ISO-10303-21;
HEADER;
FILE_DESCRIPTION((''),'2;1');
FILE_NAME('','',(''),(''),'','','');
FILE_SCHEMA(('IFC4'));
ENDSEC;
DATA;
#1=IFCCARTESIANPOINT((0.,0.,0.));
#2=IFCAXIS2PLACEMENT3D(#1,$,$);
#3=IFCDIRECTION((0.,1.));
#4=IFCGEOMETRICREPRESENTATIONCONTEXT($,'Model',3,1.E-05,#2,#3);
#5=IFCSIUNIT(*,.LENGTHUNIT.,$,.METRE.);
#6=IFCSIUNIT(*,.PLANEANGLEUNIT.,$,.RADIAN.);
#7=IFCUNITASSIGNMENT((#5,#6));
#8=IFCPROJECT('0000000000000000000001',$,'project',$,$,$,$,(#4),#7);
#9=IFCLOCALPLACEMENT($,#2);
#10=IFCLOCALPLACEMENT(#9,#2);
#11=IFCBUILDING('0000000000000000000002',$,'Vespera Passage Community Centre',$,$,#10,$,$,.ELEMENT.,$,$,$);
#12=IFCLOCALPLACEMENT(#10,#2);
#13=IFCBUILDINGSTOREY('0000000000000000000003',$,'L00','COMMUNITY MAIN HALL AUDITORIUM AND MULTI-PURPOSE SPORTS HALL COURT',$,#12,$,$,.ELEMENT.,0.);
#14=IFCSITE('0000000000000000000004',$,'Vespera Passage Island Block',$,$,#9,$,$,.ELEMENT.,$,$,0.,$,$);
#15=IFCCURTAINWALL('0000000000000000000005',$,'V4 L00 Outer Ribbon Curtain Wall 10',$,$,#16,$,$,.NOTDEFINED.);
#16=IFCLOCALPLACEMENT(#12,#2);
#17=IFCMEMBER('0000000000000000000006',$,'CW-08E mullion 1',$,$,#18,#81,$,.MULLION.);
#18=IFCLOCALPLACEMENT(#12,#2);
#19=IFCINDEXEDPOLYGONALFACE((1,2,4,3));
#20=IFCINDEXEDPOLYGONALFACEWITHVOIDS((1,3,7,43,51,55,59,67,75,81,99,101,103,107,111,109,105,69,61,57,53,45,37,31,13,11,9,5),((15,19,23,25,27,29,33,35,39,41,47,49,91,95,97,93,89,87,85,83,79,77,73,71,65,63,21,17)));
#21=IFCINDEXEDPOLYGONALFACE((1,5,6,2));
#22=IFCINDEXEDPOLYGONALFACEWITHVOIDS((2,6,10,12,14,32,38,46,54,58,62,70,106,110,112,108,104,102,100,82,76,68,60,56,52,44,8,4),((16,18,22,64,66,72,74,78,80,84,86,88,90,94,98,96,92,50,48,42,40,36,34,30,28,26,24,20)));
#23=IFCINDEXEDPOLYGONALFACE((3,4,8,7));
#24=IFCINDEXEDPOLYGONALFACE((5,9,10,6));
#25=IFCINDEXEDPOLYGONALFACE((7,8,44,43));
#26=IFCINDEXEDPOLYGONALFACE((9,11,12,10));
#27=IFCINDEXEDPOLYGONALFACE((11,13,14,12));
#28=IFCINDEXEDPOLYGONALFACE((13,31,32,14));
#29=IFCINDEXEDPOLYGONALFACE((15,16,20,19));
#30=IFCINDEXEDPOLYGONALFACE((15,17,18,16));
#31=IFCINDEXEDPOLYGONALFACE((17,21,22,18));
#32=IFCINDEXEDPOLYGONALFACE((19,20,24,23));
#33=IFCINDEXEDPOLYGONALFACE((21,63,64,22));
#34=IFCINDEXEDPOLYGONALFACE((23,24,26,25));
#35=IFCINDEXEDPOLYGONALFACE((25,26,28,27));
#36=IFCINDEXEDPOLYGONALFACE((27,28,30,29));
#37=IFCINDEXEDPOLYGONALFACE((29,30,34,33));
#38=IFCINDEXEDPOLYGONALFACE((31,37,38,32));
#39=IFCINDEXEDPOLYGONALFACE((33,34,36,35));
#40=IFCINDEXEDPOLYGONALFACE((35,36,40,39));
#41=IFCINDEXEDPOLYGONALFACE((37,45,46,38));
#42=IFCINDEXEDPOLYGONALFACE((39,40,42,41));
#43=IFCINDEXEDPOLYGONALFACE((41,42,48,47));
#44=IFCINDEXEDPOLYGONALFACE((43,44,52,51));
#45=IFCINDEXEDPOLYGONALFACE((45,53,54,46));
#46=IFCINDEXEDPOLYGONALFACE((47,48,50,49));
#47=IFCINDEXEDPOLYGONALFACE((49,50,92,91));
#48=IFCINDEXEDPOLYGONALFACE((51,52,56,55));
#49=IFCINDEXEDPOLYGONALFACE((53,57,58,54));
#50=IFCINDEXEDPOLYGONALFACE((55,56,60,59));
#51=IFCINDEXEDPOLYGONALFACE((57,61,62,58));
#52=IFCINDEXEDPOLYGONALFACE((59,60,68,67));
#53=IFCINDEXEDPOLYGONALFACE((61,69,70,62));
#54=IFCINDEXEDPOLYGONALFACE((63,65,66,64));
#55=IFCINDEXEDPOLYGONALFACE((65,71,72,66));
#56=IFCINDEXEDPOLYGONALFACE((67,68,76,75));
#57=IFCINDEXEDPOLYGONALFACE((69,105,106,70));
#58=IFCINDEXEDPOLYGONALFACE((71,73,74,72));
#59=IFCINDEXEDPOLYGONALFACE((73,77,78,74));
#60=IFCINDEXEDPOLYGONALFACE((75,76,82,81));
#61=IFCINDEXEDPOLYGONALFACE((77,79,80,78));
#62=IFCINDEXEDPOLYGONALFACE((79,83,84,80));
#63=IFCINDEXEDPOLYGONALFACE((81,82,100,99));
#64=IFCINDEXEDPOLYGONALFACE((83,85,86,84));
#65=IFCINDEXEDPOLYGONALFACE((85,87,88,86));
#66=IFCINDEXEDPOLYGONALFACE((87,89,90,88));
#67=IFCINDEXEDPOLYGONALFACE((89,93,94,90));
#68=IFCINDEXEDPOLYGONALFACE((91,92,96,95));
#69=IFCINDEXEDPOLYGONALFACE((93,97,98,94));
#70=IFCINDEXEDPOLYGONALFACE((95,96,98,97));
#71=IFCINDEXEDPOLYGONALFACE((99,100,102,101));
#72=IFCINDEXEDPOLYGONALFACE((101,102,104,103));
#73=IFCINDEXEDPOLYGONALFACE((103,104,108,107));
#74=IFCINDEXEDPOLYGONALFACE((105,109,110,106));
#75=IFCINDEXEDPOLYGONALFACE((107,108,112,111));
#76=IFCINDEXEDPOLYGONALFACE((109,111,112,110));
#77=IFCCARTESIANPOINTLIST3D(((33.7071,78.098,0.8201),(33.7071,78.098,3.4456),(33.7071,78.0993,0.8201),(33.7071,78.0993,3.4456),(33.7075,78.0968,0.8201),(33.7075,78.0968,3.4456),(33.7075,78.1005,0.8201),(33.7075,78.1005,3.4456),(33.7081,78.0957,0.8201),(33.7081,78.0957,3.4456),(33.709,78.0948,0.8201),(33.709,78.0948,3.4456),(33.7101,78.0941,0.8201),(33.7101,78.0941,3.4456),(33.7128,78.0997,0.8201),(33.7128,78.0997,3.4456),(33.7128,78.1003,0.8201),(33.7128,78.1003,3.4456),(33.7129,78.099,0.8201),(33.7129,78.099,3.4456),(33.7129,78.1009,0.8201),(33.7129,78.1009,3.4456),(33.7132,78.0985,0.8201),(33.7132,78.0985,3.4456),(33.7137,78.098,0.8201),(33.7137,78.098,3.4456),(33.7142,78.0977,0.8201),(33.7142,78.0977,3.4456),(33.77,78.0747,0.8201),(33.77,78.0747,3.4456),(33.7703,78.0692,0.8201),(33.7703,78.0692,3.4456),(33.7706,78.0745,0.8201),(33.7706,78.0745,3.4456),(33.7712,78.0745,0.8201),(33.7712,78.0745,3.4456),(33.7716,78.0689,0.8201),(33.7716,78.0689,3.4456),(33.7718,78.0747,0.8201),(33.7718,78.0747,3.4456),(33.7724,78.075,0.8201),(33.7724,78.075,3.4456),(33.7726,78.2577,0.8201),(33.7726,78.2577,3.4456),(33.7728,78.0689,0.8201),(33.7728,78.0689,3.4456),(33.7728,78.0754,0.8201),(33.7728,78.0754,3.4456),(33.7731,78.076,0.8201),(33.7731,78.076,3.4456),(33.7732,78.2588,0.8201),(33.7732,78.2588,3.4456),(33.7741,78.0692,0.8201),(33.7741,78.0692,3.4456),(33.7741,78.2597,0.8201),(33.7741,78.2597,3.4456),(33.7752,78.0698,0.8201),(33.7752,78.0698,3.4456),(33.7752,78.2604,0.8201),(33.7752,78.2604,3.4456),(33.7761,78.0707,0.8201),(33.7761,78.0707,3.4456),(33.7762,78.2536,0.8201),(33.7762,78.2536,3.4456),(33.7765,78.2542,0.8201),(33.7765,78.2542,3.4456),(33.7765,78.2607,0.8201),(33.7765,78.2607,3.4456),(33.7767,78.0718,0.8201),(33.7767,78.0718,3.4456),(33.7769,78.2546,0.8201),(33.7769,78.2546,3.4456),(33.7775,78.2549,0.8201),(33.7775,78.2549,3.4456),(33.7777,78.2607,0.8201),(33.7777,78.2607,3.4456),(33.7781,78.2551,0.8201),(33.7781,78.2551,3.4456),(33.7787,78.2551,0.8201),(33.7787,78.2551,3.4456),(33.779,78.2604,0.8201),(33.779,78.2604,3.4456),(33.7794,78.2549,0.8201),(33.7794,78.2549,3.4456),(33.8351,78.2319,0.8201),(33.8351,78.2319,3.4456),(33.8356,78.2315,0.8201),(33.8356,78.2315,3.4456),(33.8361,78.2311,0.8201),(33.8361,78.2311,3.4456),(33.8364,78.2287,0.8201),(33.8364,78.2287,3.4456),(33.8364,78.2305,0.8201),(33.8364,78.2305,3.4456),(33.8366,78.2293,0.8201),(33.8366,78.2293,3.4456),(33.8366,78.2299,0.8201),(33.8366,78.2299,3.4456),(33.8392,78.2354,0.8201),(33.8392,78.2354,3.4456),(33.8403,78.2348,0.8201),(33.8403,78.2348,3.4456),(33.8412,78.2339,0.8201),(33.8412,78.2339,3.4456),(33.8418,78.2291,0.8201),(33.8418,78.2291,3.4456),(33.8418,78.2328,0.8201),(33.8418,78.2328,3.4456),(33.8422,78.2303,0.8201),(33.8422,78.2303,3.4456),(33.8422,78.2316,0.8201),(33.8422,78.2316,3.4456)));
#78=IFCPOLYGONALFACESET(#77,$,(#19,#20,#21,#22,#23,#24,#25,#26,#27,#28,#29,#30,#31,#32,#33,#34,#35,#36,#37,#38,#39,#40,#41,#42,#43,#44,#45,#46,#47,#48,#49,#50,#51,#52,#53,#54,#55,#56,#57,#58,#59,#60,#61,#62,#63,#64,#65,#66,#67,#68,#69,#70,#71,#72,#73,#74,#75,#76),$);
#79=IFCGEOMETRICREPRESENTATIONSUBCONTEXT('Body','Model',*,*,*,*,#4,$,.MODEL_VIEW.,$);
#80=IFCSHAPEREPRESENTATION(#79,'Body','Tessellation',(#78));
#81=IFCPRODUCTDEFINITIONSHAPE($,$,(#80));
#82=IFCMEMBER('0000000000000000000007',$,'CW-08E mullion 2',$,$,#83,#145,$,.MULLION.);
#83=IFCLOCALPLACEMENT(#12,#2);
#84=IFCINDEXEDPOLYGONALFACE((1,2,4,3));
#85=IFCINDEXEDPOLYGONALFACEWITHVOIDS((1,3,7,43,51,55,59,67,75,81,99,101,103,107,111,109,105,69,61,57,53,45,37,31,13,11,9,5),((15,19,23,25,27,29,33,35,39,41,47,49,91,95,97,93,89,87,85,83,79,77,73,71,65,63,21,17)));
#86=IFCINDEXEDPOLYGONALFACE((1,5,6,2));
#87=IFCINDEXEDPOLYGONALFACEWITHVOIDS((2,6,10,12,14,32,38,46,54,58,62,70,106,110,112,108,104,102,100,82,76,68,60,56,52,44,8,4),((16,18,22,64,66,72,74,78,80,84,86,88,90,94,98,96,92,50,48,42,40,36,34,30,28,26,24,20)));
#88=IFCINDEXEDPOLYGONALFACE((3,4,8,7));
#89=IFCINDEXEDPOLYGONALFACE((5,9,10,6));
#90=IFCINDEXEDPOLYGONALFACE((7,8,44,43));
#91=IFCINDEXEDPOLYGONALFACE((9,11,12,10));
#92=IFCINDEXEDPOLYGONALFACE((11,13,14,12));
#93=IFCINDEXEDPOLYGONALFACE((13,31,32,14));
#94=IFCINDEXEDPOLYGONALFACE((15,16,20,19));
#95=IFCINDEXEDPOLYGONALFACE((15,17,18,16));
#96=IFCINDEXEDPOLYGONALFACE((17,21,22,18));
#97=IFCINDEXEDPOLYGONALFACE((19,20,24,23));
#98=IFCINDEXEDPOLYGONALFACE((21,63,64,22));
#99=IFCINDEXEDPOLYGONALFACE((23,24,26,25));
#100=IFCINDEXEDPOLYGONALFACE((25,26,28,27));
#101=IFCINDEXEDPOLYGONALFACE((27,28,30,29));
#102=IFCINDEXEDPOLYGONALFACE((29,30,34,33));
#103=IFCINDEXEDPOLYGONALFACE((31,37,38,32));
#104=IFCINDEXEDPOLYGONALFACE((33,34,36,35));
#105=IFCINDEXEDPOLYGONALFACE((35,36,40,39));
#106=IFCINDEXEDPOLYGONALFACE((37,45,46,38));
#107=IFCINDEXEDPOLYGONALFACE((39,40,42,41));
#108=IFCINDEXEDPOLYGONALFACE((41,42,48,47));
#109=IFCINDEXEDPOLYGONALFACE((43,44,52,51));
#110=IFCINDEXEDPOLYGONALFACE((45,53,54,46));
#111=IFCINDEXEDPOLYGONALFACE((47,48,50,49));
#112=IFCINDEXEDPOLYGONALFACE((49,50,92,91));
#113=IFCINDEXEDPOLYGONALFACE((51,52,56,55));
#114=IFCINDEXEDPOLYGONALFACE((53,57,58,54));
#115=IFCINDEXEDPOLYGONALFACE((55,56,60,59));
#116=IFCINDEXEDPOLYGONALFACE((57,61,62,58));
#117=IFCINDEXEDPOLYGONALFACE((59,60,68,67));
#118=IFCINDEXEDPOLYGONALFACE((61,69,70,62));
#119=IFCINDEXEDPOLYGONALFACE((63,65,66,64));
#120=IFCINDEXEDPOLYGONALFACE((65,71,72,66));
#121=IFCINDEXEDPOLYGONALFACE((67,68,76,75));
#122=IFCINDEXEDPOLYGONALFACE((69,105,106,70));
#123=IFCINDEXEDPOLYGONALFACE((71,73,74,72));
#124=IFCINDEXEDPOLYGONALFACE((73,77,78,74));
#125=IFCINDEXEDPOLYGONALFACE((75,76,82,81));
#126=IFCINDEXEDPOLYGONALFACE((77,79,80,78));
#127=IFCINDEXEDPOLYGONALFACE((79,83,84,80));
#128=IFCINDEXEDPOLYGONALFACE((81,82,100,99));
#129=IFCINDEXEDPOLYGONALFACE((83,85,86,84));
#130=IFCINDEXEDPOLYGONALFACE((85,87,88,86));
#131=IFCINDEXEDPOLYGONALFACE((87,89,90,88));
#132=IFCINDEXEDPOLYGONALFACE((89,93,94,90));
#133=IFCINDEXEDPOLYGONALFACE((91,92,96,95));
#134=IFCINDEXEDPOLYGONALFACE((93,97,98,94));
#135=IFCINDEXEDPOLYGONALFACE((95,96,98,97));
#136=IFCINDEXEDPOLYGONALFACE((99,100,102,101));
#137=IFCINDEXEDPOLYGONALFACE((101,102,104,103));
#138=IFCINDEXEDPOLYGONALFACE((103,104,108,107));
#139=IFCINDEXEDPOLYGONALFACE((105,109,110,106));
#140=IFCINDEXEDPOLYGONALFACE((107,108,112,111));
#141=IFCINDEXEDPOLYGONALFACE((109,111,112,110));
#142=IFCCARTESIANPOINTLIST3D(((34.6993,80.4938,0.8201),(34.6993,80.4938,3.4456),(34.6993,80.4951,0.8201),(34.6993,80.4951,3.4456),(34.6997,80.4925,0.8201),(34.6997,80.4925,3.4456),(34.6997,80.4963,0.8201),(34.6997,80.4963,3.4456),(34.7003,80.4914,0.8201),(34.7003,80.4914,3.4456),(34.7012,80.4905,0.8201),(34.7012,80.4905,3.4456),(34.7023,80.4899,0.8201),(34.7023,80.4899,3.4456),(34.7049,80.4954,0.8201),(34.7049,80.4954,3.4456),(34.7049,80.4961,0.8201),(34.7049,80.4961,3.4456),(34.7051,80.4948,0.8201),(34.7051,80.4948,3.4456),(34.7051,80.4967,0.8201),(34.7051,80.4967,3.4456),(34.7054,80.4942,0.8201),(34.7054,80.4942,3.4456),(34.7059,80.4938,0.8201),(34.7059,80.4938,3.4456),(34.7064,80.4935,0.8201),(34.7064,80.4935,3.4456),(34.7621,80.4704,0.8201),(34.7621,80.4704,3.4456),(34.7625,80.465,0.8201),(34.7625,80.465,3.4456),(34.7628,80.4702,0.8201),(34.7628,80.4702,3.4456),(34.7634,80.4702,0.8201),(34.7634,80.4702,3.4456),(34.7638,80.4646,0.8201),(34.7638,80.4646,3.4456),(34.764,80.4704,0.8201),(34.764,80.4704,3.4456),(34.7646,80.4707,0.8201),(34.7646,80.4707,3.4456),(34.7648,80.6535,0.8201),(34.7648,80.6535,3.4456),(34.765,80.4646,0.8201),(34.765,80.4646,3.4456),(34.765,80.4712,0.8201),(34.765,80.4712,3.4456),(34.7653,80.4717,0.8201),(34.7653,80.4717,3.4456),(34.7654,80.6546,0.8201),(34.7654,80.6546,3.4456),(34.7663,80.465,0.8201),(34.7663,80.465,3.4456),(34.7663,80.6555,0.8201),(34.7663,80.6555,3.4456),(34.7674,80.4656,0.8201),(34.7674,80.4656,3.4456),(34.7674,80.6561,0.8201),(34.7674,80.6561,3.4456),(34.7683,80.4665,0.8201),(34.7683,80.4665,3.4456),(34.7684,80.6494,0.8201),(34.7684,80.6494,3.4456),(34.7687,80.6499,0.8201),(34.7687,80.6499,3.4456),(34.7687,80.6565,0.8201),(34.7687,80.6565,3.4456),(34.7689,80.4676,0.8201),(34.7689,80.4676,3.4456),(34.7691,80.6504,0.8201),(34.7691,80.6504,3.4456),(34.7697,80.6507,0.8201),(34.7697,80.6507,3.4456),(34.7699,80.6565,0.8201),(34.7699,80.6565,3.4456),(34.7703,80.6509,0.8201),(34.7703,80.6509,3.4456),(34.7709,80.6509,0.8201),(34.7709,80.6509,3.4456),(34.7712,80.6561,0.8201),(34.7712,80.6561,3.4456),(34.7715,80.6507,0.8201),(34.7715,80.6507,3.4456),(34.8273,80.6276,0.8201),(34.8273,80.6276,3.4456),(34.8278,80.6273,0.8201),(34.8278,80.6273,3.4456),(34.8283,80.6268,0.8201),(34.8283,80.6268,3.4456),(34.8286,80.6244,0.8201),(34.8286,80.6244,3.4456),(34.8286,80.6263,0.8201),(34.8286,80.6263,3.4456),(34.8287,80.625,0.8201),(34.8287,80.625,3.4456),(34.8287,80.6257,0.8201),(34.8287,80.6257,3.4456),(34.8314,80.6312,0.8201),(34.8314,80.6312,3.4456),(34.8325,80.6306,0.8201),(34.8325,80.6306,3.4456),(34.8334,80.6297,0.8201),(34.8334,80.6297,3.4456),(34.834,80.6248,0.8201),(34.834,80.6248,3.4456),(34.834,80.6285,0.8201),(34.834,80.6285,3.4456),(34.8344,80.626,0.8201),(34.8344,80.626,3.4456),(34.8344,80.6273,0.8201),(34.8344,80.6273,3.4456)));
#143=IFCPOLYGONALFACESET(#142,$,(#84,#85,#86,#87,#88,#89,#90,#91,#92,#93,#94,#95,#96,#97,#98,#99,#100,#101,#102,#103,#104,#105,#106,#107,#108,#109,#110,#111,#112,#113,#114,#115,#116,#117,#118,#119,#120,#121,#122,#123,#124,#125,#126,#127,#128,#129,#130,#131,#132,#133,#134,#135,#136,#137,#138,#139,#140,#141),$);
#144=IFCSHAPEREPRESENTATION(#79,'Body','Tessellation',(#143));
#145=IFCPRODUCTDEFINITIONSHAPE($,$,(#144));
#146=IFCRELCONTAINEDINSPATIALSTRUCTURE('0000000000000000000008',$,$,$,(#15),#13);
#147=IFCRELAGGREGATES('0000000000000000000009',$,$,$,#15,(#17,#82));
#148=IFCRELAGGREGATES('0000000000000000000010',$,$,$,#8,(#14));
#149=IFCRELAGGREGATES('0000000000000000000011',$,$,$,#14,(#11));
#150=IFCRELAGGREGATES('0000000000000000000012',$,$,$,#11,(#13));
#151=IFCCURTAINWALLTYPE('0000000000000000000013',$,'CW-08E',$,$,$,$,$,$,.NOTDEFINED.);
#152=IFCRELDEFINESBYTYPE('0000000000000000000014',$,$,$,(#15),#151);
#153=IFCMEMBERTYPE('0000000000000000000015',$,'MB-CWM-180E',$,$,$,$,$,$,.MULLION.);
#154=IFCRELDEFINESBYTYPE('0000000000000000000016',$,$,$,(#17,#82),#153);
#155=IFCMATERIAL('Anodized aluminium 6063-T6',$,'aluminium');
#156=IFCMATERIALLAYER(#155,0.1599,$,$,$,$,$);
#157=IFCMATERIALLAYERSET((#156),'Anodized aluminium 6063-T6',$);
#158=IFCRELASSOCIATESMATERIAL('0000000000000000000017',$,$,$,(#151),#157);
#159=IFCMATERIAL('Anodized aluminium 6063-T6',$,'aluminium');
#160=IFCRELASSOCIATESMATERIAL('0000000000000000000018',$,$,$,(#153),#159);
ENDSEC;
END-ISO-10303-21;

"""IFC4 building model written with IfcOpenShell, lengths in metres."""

from ifc_helpers import new_model, si_unit, direction, frame, origin, origin_2d, place, context, subcontext, project, spatial, hollow_rectangle, extrude, material, layer, layer_set, material_profile, profile_set, type_object, element, aggregate, save


model = new_model("IFC4")

# Units and contexts
model_context = context("Model", 3, precision=1e-05, world=origin(), true_north=direction((0.0, 1.0)))
body_context = subcontext(model_context, "Body", "Model", "MODEL_VIEW")
ifc_project = project(units=[si_unit("LENGTHUNIT", "METRE"), si_unit("PLANEANGLEUNIT", "RADIAN")], contexts=[model_context])

# Site, building, storey
site_placement = place(None, origin())
site = spatial("IfcSite", under=ifc_project, at=site_placement, Name="Vespera Passage Island Block", CompositionType="ELEMENT", RefElevation=0.0)
building_placement = place(site_placement, origin())
building = spatial("IfcBuilding", under=site, at=building_placement, Name="Vespera Passage Community Centre", CompositionType="ELEMENT")
storey_placement = place(building_placement, origin())
storey = spatial("IfcBuildingStorey", under=building, at=storey_placement, Name="L00", Description="COMMUNITY MAIN HALL AUDITORIUM AND MULTI-PURPOSE SPORTS HALL COURT", CompositionType="ELEMENT", Elevation=0.0)

# Curtain wall, members
ifc_material_1 = material(Name="Anodized aluminium 6063-T6", Category="aluminium")
ifc_layer_1 = layer(ifc_material_1, 0.1599)
ifc_layer_set_1 = layer_set([ifc_layer_1], Name="Anodized aluminium 6063-T6")
curtain_wall_type_1 = type_object("IfcCurtainWallType", Name="CW-08E", PredefinedType="NOTDEFINED", material=ifc_layer_set_1)
curtain_wall_1_placement = place(storey_placement, origin())
curtain_wall_1 = element("IfcCurtainWall", 1, at=curtain_wall_1_placement, inside=storey, type_object=curtain_wall_type_1, Name="V4 L00 Outer Ribbon Curtain Wall 10", PredefinedType="NOTDEFINED")
ifc_material_2 = material(Name="Anodized aluminium 6063-T6", Category="aluminium")
ifc_material_profile_1 = material_profile(ifc_material_2, hollow_rectangle(XDim=0.075, YDim=0.1799, WallThickness=0.0049, InnerFilletRadius=0.0024, OuterFilletRadius=0.0049, at=origin_2d()), Name="ALU180X75X5")
ifc_profile_set_1 = profile_set([ifc_material_profile_1], Name="Anodized aluminium 6063-T6")
member_type_1 = type_object("IfcMemberType", Name="MB-CWM-180E", PredefinedType="MULLION", material=ifc_profile_set_1)
member_1_placement = place(storey_placement, frame((33.7747, 78.1648, 0.8201), z_axis=(0.0, 0.0, 1.0), x_axis=(-0.923881, 0.382679, 0.0)))
member_1 = element("IfcMember", 2, at=member_1_placement, type_object=member_type_1, Name="CW-08E mullion 1", PredefinedType="MULLION", context=body_context, shape_type="SweptSolid", body=[
    extrude(hollow_rectangle(XDim=0.075, YDim=0.1799, WallThickness=0.0049, InnerFilletRadius=0.0024, OuterFilletRadius=0.0049, at=origin_2d()), origin(), (0.0, 0.0, 1.0), 2.6255),
])
member_2_placement = place(storey_placement, frame((34.7668, 80.5605, 0.8201), z_axis=(0.0, 0.0, 1.0), x_axis=(-0.923881, 0.382679, 0.0)))
member_2 = element("IfcMember", 3, at=member_2_placement, type_object=member_type_1, Name="CW-08E mullion 2", PredefinedType="MULLION", context=body_context, shape_type="SweptSolid", body=[
    extrude(hollow_rectangle(XDim=0.075, YDim=0.1799, WallThickness=0.0049, InnerFilletRadius=0.0024, OuterFilletRadius=0.0049, at=origin_2d()), origin(), (0.0, 0.0, 1.0), 2.6255),
])

aggregate(curtain_wall_1, [member_1, member_2])

save(model, "model.ifc")
